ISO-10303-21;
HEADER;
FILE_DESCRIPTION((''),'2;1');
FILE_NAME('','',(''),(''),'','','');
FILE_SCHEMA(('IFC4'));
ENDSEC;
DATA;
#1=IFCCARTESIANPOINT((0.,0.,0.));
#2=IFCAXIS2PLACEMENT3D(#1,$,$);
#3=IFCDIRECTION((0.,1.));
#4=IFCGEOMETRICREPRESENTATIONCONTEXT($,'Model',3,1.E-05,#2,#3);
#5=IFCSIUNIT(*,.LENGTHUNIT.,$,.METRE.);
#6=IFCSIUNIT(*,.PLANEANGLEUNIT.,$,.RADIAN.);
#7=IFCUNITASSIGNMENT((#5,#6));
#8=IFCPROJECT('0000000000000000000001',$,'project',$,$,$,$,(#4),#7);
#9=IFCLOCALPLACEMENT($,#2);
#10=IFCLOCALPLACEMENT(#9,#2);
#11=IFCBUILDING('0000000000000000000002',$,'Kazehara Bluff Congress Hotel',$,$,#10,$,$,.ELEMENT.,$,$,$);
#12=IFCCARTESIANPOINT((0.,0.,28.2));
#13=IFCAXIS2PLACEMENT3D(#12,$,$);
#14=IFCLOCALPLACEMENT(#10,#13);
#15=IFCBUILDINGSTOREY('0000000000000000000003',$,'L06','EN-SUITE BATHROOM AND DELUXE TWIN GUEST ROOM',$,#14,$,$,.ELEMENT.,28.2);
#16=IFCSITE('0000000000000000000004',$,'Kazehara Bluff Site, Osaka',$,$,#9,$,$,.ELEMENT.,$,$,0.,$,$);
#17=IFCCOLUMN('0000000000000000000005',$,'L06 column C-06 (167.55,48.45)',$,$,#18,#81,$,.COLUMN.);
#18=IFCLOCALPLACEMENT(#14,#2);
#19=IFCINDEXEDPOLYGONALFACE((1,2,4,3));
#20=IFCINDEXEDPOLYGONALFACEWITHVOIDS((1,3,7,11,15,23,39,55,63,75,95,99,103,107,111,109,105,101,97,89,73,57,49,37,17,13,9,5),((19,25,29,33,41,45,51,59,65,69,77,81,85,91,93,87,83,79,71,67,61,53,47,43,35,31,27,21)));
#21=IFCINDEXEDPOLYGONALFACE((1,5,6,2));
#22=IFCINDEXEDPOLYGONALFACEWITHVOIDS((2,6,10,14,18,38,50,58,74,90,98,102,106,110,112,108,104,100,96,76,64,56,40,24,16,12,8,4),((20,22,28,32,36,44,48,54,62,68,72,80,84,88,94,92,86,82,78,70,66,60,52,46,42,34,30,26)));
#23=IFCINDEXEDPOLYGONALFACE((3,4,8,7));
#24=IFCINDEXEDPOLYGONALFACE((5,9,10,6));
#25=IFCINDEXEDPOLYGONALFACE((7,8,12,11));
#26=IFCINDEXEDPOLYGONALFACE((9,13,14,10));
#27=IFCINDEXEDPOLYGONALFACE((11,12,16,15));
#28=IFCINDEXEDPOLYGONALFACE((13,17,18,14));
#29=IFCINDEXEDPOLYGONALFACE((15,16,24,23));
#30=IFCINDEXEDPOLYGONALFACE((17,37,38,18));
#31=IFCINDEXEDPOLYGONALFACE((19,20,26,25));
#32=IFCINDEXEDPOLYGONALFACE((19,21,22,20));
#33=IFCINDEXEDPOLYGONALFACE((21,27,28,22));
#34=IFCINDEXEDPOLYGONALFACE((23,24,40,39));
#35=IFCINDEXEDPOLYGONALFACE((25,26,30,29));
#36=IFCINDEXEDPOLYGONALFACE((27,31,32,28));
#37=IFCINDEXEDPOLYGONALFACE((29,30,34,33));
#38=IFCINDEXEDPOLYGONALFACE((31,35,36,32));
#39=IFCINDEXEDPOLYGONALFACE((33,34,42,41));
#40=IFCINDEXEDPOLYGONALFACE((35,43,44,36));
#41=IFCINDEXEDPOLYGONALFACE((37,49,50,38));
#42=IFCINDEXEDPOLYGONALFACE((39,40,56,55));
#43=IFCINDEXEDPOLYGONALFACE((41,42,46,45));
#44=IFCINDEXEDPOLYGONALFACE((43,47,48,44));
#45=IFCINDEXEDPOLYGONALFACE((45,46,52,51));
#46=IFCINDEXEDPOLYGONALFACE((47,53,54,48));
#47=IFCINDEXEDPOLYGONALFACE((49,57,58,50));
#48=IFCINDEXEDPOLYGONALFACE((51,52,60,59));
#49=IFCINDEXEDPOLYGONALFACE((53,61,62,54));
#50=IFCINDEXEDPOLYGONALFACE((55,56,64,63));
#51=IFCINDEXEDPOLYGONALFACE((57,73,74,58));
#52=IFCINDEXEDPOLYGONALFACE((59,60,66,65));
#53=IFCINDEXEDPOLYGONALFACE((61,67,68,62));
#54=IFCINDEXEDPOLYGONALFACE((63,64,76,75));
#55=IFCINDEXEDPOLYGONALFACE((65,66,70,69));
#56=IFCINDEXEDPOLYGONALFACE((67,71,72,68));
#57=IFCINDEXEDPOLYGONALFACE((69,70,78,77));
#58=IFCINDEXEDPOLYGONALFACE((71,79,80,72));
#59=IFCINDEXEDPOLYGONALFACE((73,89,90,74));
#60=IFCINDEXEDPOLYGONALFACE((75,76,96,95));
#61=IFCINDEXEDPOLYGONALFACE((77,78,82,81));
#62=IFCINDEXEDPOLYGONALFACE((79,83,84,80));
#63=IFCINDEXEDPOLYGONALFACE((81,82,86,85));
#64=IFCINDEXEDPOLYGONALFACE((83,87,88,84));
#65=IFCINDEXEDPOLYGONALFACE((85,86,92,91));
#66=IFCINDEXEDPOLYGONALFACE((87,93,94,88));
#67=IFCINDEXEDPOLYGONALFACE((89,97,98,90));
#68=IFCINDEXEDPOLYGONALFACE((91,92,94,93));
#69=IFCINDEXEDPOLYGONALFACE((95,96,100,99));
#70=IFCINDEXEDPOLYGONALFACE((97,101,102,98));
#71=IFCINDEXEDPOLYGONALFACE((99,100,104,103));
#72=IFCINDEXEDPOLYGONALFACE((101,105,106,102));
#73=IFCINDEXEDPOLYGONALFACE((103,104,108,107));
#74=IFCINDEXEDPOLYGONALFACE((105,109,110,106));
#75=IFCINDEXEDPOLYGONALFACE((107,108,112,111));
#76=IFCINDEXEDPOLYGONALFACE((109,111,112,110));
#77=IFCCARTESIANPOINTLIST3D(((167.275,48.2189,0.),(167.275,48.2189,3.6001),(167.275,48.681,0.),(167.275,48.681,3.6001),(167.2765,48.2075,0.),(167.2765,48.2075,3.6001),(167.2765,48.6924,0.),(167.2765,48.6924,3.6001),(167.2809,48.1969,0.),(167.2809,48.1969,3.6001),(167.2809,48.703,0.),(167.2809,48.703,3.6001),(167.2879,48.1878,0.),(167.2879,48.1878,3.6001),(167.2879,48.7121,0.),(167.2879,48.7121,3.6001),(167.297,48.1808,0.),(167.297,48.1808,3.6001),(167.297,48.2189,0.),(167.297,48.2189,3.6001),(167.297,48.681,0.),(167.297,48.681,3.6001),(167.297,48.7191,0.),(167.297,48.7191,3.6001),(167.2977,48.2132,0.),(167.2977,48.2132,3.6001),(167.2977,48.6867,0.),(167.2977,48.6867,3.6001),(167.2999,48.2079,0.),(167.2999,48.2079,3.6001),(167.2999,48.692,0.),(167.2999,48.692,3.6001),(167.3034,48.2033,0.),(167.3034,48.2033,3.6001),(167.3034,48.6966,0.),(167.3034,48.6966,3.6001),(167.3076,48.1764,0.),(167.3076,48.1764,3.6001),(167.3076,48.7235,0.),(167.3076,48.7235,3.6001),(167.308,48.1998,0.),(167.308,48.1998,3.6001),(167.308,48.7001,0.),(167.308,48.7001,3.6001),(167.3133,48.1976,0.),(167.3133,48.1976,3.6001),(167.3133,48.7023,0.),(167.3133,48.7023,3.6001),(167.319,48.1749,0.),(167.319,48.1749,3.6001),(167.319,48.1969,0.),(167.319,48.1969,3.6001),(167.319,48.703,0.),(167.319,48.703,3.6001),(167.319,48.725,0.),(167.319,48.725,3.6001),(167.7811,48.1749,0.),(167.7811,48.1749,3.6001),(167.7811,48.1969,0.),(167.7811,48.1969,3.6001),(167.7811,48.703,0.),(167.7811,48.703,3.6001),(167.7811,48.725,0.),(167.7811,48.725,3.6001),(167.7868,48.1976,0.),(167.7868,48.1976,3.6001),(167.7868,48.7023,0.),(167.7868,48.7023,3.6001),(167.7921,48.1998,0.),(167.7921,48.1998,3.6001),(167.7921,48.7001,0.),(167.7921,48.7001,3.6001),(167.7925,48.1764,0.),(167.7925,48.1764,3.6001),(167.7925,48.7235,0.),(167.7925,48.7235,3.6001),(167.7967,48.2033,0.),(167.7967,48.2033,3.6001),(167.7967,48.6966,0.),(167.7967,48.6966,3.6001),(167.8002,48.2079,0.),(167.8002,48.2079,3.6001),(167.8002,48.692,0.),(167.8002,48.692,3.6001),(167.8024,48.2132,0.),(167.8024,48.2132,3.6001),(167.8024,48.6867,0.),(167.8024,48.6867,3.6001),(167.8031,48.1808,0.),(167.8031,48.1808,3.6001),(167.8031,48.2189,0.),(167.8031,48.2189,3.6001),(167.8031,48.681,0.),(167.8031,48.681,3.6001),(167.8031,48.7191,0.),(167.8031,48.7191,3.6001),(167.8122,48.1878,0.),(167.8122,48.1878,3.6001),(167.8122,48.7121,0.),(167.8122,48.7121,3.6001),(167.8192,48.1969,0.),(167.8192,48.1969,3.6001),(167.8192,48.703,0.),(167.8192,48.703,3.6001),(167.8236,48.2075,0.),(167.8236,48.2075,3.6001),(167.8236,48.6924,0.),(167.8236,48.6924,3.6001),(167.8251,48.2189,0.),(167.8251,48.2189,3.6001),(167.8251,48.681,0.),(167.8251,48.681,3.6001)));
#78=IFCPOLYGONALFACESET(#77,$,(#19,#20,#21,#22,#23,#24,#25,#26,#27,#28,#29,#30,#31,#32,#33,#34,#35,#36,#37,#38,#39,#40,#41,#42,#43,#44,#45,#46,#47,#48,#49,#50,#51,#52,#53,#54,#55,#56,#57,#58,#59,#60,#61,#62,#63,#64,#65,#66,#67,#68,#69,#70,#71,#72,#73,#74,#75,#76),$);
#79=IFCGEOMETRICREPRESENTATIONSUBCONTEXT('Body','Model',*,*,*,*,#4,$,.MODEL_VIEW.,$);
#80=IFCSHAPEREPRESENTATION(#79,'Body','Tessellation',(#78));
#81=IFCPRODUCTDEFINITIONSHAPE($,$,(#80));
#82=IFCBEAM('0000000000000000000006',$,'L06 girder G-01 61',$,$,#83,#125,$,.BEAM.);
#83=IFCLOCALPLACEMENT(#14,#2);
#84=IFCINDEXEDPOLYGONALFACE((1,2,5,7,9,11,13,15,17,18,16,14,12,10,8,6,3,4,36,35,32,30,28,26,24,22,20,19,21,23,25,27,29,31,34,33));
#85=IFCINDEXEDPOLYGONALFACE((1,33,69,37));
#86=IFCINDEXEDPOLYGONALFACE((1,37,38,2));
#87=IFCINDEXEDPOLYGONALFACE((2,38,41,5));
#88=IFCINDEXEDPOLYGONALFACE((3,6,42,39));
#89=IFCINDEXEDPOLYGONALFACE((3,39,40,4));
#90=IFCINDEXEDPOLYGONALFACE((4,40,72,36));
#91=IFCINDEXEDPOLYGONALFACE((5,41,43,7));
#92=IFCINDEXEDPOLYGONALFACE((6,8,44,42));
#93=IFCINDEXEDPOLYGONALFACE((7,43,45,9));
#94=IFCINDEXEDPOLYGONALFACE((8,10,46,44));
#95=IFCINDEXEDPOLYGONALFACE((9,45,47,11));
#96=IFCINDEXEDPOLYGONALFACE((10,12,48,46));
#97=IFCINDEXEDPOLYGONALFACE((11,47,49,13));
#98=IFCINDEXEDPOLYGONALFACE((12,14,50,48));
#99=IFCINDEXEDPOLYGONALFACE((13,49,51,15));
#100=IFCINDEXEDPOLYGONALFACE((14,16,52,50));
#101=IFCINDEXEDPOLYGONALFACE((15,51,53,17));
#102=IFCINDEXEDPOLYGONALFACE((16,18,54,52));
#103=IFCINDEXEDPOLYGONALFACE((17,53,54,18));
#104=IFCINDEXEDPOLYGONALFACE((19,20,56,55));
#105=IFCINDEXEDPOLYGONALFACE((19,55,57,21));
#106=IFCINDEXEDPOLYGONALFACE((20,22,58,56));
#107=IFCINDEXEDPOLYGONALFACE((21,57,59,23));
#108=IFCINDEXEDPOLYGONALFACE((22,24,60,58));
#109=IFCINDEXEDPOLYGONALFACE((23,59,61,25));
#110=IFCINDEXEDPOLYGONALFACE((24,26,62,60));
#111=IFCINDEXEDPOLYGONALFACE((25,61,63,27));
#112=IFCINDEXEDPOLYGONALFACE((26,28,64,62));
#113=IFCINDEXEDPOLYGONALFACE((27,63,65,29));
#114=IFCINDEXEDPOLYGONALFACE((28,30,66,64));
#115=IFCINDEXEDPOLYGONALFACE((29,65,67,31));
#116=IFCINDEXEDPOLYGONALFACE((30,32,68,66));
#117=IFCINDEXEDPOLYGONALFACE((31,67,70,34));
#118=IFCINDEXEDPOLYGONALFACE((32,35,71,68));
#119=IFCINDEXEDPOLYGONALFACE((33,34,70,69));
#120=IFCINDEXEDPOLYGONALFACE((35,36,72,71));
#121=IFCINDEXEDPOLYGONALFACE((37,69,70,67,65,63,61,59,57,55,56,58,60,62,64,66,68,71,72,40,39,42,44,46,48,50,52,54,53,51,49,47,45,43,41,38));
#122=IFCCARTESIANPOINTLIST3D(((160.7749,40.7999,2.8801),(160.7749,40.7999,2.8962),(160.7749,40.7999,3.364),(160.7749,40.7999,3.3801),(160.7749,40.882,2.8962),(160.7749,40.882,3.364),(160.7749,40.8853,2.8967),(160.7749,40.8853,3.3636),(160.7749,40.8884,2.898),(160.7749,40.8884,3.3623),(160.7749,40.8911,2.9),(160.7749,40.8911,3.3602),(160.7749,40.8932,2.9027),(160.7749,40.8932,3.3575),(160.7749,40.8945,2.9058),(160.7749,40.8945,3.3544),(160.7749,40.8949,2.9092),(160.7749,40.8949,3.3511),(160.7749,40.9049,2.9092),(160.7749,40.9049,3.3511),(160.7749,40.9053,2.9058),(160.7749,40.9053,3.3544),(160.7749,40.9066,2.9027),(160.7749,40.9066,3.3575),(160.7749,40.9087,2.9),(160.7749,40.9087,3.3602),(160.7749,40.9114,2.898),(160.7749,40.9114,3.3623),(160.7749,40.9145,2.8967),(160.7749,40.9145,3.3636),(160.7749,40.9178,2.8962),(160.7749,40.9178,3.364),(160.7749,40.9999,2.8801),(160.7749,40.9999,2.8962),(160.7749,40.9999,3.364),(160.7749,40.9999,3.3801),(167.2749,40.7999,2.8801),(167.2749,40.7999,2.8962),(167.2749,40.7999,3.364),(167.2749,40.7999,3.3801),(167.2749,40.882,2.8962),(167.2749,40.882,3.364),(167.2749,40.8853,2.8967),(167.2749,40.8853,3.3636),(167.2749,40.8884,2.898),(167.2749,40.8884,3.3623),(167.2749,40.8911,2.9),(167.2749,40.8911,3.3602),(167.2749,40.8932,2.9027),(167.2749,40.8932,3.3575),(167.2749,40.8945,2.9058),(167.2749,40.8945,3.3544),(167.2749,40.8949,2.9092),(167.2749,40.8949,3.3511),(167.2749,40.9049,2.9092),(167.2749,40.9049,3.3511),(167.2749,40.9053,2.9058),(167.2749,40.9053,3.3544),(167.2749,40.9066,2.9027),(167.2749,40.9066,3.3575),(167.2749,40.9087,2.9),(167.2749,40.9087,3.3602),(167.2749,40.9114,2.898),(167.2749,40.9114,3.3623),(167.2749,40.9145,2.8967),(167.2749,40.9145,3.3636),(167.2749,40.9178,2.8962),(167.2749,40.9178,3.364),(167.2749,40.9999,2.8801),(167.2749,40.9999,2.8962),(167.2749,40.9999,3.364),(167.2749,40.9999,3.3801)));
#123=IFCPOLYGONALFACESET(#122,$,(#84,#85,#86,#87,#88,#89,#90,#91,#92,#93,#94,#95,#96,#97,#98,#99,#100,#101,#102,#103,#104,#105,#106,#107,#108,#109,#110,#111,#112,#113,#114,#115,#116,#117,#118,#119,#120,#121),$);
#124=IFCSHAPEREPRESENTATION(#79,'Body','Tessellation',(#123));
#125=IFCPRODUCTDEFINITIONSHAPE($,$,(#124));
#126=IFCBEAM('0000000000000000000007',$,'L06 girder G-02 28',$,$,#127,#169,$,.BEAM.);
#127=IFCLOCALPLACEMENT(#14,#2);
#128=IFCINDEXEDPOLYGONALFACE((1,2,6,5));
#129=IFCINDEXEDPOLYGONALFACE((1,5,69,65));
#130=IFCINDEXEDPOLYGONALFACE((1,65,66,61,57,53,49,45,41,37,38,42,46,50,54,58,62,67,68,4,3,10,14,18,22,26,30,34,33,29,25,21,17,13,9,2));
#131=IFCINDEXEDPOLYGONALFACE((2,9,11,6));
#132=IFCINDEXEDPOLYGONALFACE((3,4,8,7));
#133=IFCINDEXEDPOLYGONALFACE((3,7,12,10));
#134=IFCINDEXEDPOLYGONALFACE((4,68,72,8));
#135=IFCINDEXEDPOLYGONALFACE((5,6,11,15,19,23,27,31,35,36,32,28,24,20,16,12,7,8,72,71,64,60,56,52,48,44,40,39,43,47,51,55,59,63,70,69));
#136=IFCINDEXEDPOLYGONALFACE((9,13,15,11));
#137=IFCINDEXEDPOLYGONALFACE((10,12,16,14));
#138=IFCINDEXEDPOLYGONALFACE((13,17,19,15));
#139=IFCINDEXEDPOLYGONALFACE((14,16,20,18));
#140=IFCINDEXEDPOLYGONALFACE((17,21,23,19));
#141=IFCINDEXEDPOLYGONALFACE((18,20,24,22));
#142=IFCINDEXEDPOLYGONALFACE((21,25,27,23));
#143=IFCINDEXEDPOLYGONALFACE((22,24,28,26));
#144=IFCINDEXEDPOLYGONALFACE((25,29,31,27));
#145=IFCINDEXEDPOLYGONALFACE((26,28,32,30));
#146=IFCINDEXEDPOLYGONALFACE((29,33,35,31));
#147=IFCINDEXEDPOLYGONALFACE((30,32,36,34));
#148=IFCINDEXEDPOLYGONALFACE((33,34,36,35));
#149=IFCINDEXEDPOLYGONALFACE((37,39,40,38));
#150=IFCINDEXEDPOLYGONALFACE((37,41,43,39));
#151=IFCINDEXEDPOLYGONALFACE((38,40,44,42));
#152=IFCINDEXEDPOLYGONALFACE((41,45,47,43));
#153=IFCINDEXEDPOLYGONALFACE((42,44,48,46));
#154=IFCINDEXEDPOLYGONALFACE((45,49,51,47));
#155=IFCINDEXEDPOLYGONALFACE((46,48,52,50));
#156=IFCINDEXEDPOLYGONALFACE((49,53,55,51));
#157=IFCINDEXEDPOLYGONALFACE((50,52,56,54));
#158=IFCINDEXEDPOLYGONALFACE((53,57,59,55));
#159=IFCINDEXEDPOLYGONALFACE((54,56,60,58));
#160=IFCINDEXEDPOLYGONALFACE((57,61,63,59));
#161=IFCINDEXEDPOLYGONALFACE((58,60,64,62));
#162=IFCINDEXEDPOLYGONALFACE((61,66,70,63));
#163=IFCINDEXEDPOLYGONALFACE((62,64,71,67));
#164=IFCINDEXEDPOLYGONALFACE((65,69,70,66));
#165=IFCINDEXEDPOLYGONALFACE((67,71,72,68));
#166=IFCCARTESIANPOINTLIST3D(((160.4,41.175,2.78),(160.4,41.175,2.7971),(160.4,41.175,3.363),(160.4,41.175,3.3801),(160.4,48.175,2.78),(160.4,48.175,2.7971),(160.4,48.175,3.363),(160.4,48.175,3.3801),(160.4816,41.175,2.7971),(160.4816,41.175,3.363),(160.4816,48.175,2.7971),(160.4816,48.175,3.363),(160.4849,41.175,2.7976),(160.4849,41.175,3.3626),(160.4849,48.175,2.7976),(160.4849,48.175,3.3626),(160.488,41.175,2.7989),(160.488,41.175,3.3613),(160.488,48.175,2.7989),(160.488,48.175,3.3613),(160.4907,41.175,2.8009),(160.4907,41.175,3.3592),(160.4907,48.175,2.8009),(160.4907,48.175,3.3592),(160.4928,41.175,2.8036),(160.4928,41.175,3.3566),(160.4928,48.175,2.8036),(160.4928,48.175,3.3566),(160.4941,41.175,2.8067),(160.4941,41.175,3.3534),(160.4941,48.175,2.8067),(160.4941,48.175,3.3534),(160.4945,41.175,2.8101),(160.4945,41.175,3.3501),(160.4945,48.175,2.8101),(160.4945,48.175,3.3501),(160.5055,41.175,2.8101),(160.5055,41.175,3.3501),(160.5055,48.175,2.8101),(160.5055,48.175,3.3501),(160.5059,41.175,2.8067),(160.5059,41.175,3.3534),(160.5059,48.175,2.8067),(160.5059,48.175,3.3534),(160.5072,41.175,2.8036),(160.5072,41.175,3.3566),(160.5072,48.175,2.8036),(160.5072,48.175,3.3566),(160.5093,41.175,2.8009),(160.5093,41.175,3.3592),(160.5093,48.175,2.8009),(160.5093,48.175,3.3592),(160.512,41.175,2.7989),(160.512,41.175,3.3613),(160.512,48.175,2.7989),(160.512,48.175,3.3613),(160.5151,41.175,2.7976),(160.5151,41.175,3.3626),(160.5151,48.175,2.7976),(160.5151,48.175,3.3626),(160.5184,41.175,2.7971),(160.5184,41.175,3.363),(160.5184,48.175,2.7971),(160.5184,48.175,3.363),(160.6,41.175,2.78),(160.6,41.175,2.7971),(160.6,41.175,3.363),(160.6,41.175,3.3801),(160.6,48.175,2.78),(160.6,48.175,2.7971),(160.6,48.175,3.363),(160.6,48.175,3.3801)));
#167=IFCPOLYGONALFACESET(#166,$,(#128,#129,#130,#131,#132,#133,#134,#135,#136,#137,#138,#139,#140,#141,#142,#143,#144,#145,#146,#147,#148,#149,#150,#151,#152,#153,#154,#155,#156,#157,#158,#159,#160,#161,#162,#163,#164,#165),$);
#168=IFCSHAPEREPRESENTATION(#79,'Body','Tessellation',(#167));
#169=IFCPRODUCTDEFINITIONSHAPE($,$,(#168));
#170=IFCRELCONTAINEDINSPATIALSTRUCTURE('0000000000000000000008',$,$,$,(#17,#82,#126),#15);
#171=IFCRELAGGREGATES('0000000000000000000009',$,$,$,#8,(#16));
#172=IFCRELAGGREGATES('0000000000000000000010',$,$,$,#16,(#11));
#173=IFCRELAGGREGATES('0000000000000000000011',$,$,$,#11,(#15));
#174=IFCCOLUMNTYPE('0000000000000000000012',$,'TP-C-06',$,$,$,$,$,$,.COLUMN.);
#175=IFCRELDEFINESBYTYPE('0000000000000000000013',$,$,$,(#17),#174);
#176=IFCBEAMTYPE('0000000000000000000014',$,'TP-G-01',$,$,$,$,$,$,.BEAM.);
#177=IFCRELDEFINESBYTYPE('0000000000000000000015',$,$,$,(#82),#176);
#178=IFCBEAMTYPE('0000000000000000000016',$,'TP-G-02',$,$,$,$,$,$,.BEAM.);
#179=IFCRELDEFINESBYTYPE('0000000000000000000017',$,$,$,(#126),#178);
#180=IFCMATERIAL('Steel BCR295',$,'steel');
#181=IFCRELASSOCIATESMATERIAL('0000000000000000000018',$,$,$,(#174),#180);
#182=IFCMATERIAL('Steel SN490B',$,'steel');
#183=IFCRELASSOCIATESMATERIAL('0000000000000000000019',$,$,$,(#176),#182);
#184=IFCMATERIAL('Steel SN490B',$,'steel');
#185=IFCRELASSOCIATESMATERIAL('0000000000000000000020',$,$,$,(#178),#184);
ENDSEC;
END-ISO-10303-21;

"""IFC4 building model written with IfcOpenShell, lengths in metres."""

from ifc_helpers import new_model, si_unit, direction, frame, origin, origin_2d, place, context, subcontext, project, spatial, hollow_rectangle, i_section, extrude, material, material_profile, profile_set, type_object, element, save


model = new_model("IFC4")

# Units and contexts
model_context = context("Model", 3, precision=1e-05, world=origin(), true_north=direction((0.0, 1.0)))
body_context = subcontext(model_context, "Body", "Model", "MODEL_VIEW")
ifc_project = project(units=[si_unit("LENGTHUNIT", "METRE"), si_unit("PLANEANGLEUNIT", "RADIAN")], contexts=[model_context])

# Site, building, storey
site_placement = place(None, origin())
site = spatial("IfcSite", under=ifc_project, at=site_placement, Name="Kazehara Bluff Site, Osaka", CompositionType="ELEMENT", RefElevation=0.0)
building_placement = place(site_placement, origin())
building = spatial("IfcBuilding", under=site, at=building_placement, Name="Kazehara Bluff Congress Hotel", CompositionType="ELEMENT")
storey_placement = place(building_placement, frame((0.0, 0.0, 28.2)))
storey = spatial("IfcBuildingStorey", under=building, at=storey_placement, Name="L06", Description="EN-SUITE BATHROOM AND DELUXE TWIN GUEST ROOM", CompositionType="ELEMENT", Elevation=28.2)

# Column
ifc_material_1 = material(Name="Steel BCR295", Category="steel")
ifc_material_profile_1 = material_profile(ifc_material_1, hollow_rectangle(XDim=0.55, YDim=0.55, WallThickness=0.022, InnerFilletRadius=0.022, OuterFilletRadius=0.0439, at=origin_2d()))
ifc_profile_set_1 = profile_set([ifc_material_profile_1], Name="Steel BCR295")
column_type = type_object("IfcColumnType", Name="TP-C-06", PredefinedType="COLUMN", material=ifc_profile_set_1)
for number, where, z_axis, x_axis, name in (
    (1, (167.55, 48.45, 0.0), (0.0, 0.0, 1.0), (1.0, 0.0, 0.0), "L06 column C-06 (167.55,48.45)"),
):
    element("IfcColumn", number, at=place(storey_placement, frame(where, z_axis=z_axis, x_axis=x_axis)), inside=storey, type_object=column_type, Name=name, PredefinedType="COLUMN", context=body_context, shape_type="SweptSolid", body=[
        extrude(hollow_rectangle(XDim=0.55, YDim=0.55, WallThickness=0.022, InnerFilletRadius=0.022, OuterFilletRadius=0.0439, at=origin_2d()), origin(), (0.0, 0.0, 1.0), 3.6001),
    ])

# Beams
ifc_material_2 = material(Name="Steel SN490B", Category="steel")
ifc_material_profile_2 = material_profile(ifc_material_2, i_section(OverallWidth=0.2, OverallDepth=0.5, WebThickness=0.01, FlangeThickness=0.0161, FilletRadius=0.0129, at=origin_2d()))
ifc_profile_set_2 = profile_set([ifc_material_profile_2], Name="Steel SN490B")
beam_type_1 = type_object("IfcBeamType", Name="TP-G-01", PredefinedType="BEAM", material=ifc_profile_set_2)
beam_1_placement = place(storey_placement, frame((160.7749, 40.8999, 3.1301), z_axis=(1.0, 0.0, 0.0), x_axis=(0.0, 1.0, 0.0)))
element("IfcBeam", 2, at=beam_1_placement, inside=storey, type_object=beam_type_1, Name="L06 girder G-01 61", PredefinedType="BEAM", context=body_context, shape_type="SweptSolid", body=[
    extrude(i_section(OverallWidth=0.2, OverallDepth=0.5, WebThickness=0.01, FlangeThickness=0.0161, FilletRadius=0.0129, at=origin_2d()), origin(), (0.0, 0.0, 1.0), 6.5),
])
ifc_material_3 = material(Name="Steel SN490B", Category="steel")
ifc_material_profile_3 = material_profile(ifc_material_3, i_section(OverallWidth=0.2, OverallDepth=0.6001, WebThickness=0.011, FlangeThickness=0.0171, FilletRadius=0.0129, at=origin_2d()))
ifc_profile_set_3 = profile_set([ifc_material_profile_3], Name="Steel SN490B")
beam_type_2 = type_object("IfcBeamType", Name="TP-G-02", PredefinedType="BEAM", material=ifc_profile_set_3)
beam_2_placement = place(storey_placement, frame((160.5, 41.175, 3.0801), z_axis=(0.0, 1.0, 0.0), x_axis=(-1.0, 0.0, 0.0)))
element("IfcBeam", 3, at=beam_2_placement, inside=storey, type_object=beam_type_2, Name="L06 girder G-02 28", PredefinedType="BEAM", context=body_context, shape_type="SweptSolid", body=[
    extrude(i_section(OverallWidth=0.2, OverallDepth=0.6001, WebThickness=0.011, FlangeThickness=0.0171, FilletRadius=0.0129, at=origin_2d()), origin(), (0.0, 0.0, 1.0), 7.0),
])

save(model, "model.ifc")
